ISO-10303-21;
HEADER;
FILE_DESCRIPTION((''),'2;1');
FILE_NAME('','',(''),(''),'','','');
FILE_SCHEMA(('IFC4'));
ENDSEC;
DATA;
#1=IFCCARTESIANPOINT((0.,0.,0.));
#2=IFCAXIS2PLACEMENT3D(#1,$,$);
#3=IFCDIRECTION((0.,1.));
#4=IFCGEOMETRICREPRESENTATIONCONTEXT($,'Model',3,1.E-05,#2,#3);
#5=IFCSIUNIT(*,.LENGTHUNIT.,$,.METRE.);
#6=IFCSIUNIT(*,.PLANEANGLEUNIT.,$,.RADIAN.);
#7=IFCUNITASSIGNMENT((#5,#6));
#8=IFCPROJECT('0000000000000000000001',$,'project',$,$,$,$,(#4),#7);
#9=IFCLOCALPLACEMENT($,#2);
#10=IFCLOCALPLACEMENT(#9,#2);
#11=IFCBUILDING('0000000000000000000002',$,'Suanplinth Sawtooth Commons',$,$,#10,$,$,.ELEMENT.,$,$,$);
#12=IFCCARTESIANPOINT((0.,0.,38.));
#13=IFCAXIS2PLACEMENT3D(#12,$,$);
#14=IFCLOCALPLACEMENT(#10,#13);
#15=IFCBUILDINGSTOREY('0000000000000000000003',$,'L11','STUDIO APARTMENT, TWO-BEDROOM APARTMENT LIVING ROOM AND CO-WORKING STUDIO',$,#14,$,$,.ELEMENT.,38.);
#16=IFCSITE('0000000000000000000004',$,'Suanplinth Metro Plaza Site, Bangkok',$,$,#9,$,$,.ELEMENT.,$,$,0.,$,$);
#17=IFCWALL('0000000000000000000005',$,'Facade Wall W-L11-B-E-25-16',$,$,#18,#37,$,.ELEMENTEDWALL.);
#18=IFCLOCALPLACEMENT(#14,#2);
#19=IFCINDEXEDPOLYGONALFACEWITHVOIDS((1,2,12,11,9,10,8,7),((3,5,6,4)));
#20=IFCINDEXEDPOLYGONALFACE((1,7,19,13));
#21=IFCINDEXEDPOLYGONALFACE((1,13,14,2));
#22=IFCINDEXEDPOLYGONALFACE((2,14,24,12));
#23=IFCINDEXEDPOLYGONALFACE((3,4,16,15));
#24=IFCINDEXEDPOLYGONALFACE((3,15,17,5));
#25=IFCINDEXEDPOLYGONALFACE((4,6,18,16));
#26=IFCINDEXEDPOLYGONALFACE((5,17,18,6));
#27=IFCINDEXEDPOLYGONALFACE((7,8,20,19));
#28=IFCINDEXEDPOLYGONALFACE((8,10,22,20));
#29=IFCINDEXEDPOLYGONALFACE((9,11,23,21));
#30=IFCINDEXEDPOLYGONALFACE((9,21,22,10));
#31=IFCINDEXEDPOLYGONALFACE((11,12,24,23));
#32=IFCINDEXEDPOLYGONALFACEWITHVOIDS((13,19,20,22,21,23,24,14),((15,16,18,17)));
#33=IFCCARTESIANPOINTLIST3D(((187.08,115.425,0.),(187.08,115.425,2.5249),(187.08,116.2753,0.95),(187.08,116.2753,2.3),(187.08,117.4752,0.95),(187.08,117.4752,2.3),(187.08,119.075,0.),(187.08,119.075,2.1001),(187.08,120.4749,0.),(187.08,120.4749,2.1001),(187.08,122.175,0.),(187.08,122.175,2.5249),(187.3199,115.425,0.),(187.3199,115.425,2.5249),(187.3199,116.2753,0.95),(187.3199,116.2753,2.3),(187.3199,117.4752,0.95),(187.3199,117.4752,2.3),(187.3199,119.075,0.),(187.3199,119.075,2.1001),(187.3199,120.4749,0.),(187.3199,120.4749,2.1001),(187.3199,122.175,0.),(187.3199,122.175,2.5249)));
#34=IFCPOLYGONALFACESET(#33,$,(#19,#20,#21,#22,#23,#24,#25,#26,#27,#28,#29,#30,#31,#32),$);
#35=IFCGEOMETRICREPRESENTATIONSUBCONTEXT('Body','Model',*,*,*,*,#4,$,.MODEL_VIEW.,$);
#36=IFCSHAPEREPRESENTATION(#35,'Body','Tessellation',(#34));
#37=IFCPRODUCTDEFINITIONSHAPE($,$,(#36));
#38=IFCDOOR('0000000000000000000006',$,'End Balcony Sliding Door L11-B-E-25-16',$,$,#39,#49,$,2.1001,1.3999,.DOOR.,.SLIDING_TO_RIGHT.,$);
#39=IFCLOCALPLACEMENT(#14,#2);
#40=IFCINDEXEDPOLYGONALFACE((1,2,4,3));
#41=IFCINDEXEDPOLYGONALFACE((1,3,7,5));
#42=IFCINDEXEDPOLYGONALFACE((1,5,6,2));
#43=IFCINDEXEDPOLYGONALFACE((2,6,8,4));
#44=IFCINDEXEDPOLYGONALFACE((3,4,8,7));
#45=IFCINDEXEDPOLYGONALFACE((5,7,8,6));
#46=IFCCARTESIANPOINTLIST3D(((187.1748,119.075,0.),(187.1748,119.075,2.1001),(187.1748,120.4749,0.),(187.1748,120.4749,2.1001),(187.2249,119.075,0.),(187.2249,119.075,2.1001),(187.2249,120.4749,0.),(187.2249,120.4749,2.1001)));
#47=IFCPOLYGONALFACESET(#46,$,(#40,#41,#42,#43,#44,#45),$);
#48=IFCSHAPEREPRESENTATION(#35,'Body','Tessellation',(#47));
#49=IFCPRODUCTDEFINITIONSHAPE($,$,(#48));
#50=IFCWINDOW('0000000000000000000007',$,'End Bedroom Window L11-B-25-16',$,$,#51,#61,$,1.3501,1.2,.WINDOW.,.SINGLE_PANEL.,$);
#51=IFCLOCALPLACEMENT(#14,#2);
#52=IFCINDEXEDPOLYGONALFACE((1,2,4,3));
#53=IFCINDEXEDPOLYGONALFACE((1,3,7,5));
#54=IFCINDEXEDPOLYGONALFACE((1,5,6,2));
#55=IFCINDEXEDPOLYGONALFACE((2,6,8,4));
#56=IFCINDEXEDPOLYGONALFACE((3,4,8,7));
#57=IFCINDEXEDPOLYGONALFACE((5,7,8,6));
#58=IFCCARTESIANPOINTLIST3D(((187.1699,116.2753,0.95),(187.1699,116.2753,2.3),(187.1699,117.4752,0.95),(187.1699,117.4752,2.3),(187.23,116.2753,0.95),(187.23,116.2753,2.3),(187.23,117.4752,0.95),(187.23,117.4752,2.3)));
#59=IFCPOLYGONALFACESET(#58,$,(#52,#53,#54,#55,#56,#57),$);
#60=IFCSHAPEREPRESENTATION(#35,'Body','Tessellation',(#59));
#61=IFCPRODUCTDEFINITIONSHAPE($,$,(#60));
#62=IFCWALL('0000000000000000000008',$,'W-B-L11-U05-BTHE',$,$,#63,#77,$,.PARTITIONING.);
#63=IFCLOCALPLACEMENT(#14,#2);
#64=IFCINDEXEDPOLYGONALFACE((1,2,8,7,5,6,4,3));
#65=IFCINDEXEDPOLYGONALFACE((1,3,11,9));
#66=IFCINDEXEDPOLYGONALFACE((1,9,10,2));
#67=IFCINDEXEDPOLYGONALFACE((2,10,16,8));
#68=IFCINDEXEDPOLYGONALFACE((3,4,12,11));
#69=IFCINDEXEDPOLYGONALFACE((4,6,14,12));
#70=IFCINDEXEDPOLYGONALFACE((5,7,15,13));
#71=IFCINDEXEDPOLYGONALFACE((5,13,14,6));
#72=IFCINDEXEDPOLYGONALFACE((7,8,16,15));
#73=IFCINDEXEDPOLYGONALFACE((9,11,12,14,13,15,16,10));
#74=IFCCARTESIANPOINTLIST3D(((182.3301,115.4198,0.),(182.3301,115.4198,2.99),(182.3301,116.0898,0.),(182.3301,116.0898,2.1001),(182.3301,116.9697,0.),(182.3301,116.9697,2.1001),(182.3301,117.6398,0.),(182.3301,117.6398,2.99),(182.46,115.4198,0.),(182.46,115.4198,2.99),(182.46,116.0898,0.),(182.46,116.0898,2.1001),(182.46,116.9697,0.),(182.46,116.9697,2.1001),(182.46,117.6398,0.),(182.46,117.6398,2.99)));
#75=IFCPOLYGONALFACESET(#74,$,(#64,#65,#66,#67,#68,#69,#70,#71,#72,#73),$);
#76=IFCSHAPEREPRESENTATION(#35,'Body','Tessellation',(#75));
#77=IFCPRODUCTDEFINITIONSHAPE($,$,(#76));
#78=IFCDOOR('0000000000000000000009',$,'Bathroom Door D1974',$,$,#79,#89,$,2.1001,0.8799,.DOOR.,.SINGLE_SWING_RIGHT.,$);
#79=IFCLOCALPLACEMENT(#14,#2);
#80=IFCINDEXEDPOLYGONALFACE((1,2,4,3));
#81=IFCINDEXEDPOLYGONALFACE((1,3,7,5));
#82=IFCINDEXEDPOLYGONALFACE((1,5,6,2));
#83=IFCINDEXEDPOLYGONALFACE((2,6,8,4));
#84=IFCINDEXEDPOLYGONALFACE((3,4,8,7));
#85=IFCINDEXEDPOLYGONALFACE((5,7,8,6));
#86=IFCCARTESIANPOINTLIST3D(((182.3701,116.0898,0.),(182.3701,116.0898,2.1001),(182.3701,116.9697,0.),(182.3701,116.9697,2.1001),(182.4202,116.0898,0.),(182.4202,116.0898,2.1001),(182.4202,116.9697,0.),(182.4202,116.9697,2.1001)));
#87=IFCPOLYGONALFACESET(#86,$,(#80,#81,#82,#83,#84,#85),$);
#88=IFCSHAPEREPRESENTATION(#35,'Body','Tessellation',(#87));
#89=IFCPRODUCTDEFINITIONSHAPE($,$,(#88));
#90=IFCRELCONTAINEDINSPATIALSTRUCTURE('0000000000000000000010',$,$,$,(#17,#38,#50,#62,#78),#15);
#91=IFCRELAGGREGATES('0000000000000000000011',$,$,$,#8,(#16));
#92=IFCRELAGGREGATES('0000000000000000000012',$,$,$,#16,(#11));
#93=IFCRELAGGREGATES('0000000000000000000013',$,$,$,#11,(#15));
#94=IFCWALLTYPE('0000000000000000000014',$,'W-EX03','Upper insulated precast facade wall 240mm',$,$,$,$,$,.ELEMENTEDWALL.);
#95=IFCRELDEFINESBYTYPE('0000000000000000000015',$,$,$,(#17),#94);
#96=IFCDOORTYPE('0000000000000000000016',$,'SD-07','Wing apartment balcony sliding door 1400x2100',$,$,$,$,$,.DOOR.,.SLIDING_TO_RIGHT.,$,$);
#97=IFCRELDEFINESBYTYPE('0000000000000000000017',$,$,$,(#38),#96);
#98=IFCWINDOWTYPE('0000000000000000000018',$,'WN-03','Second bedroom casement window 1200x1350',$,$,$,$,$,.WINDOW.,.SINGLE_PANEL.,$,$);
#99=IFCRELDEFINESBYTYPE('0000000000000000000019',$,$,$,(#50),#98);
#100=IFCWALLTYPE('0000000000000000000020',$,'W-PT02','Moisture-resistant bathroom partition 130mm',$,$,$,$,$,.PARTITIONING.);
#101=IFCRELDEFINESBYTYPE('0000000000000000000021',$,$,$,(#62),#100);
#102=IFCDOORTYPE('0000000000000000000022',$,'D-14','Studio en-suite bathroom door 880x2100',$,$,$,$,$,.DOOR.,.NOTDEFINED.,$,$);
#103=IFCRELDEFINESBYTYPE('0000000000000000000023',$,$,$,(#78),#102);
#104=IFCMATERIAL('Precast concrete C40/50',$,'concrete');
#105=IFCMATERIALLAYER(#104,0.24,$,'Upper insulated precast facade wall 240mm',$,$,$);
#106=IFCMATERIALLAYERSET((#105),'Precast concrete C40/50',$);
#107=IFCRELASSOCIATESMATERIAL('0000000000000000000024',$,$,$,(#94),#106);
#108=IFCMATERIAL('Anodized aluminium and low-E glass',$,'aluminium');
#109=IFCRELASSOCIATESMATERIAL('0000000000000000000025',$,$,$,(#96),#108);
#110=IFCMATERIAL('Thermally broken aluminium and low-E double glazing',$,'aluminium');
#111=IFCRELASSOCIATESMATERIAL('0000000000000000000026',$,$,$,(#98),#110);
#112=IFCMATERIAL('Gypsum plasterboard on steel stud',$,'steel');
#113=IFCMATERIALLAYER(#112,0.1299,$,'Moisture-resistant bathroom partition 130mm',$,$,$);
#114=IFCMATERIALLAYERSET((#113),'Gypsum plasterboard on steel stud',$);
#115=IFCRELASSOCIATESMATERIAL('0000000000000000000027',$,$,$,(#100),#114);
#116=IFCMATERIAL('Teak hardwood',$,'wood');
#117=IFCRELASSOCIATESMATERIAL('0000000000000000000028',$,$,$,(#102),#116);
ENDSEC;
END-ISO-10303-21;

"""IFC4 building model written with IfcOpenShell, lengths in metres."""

from ifc_helpers import new_model, si_unit, direction, frame, frame_2d, origin, place, context, subcontext, project, spatial, rectangle, extrude, material, layer, layer_set, type_object, element, fill, save


model = new_model("IFC4")

# Units and contexts
model_context = context("Model", 3, precision=1e-05, world=origin(), true_north=direction((0.0, 1.0)))
body_context = subcontext(model_context, "Body", "Model", "MODEL_VIEW")
ifc_project = project(units=[si_unit("LENGTHUNIT", "METRE"), si_unit("PLANEANGLEUNIT", "RADIAN")], contexts=[model_context])

# Site, building, storey
site_placement = place(None, origin())
site = spatial("IfcSite", under=ifc_project, at=site_placement, Name="Suanplinth Metro Plaza Site, Bangkok", CompositionType="ELEMENT", RefElevation=0.0)
building_placement = place(site_placement, origin())
building = spatial("IfcBuilding", under=site, at=building_placement, Name="Suanplinth Sawtooth Commons", CompositionType="ELEMENT")
storey_placement = place(building_placement, frame((0.0, 0.0, 38.0)))
storey = spatial("IfcBuildingStorey", under=building, at=storey_placement, Name="L11", Description="STUDIO APARTMENT, TWO-BEDROOM APARTMENT LIVING ROOM AND CO-WORKING STUDIO", CompositionType="ELEMENT", Elevation=38.0)

# Shared definitions
ifc_material_1 = material(Name="Precast concrete C40/50", Category="concrete")

# Shared definitions
ifc_layer_1 = layer(ifc_material_1, 0.24, Name="Upper insulated precast facade wall 240mm")
ifc_layer_set_1 = layer_set([ifc_layer_1], Name="Precast concrete C40/50")
wall_type_1 = type_object("IfcWallType", Name="W-EX03", Description="Upper insulated precast facade wall 240mm", PredefinedType="ELEMENTEDWALL", material=ifc_layer_set_1)
ifc_material_2 = material(Name="Anodized aluminium and low-E glass", Category="aluminium")
door_type_1 = type_object("IfcDoorType", Name="SD-07", Description="Wing apartment balcony sliding door 1400x2100", OperationType="SLIDING_TO_RIGHT", PredefinedType="DOOR", material=ifc_material_2)

# Wall, openings, door, window
wall_1_placement = place(storey_placement, frame((187.2, 115.425, 0.0), z_axis=(0.0, 0.0, 1.0), x_axis=(0.0, 1.0, 0.0)))
wall_1 = element("IfcWall", 1, at=wall_1_placement, inside=storey, type_object=wall_type_1, Name="Facade Wall W-L11-B-E-25-16", PredefinedType="ELEMENTEDWALL", context=body_context, shape_type="SweptSolid", body=[
    extrude(rectangle(XDim=6.75, YDim=0.24, at=frame_2d((3.375, 0.0))), origin(), (0.0, 0.0, 1.0), 2.5249),
])
opening_1_placement = place(wall_1_placement, frame((3.6499, 0.0, 0.0)))
opening_1 = element("IfcOpeningElement", 2, at=opening_1_placement, cuts=wall_1, PredefinedType="OPENING", context=body_context, shape_type="SweptSolid", body=[
    extrude(rectangle(XDim=1.3999, YDim=2.1001, at=frame_2d((0.7, 1.05))), frame((0.0, 0.1348, 0.0), z_axis=(0.0, -1.0, 0.0), x_axis=(1.0, 0.0, 0.0)), (0.0, 0.0, 1.0), 0.2698),
])
opening_2_placement = place(wall_1_placement, frame((0.8501, 0.0, 0.95)))
opening_2 = element("IfcOpeningElement", 3, at=opening_2_placement, cuts=wall_1, PredefinedType="OPENING", context=body_context, shape_type="SweptSolid", body=[
    extrude(rectangle(XDim=1.2, YDim=1.3501, at=frame_2d((0.6001, 0.675))), frame((0.0, 0.1348, 0.0), z_axis=(0.0, -1.0, 0.0), x_axis=(1.0, 0.0, 0.0)), (0.0, 0.0, 1.0), 0.2698),
])
door_1_placement = place(opening_1_placement, frame((1.3999, 0.0, 0.0), z_axis=(0.0, 0.0, 1.0), x_axis=(-1.0, 0.0, 0.0)))
door_1 = element("IfcDoor", 4, at=door_1_placement, inside=storey, type_object=door_type_1, Name="End Balcony Sliding Door L11-B-E-25-16", OperationType="SLIDING_TO_RIGHT", OverallHeight=2.1001, OverallWidth=1.3999, PredefinedType="DOOR", context=body_context, shape_type="SweptSolid", body=[
    extrude(rectangle(XDim=1.3999, YDim=2.1001, at=frame_2d((0.7, 1.05))), frame((0.0, 0.0249, 0.0), z_axis=(0.0, -1.0, 0.0), x_axis=(1.0, 0.0, 0.0)), (0.0, 0.0, 1.0), 0.05),
])
fill(opening_1, door_1)
ifc_material_3 = material(Name="Thermally broken aluminium and low-E double glazing", Category="aluminium")
window_type = type_object("IfcWindowType", Name="WN-03", Description="Second bedroom casement window 1200x1350", PartitioningType="SINGLE_PANEL", PredefinedType="WINDOW", material=ifc_material_3)
window_placement = place(opening_2_placement, origin())
window = element("IfcWindow", 5, at=window_placement, inside=storey, type_object=window_type, Name="End Bedroom Window L11-B-25-16", OverallHeight=1.3501, OverallWidth=1.2, PartitioningType="SINGLE_PANEL", PredefinedType="WINDOW", context=body_context, shape_type="SweptSolid", body=[
    extrude(rectangle(XDim=1.2, YDim=1.3501, at=frame_2d((0.6001, 0.675))), frame((0.0, 0.03, 0.0), z_axis=(0.0, -1.0, 0.0), x_axis=(1.0, 0.0, 0.0)), (0.0, 0.0, 1.0), 0.0601),
])
fill(opening_2, window)

# Wall, opening, door
ifc_material_4 = material(Name="Gypsum plasterboard on steel stud", Category="steel")
ifc_layer_2 = layer(ifc_material_4, 0.1299, Name="Moisture-resistant bathroom partition 130mm")
ifc_layer_set_2 = layer_set([ifc_layer_2], Name="Gypsum plasterboard on steel stud")
wall_type_2 = type_object("IfcWallType", Name="W-PT02", Description="Moisture-resistant bathroom partition 130mm", PredefinedType="PARTITIONING", material=ifc_layer_set_2)
wall_2_placement = place(storey_placement, frame((182.395, 115.4199, 0.0), z_axis=(0.0, 0.0, 1.0), x_axis=(0.0, 1.0, 0.0)))
wall_2 = element("IfcWall", 6, at=wall_2_placement, inside=storey, type_object=wall_type_2, Name="W-B-L11-U05-BTHE", PredefinedType="PARTITIONING", context=body_context, shape_type="SweptSolid", body=[
    extrude(rectangle(XDim=2.22, YDim=0.1299, at=frame_2d((1.1099, 0.0))), origin(), (0.0, 0.0, 1.0), 2.99),
])
opening_3_placement = place(wall_2_placement, frame((0.6699, 0.0, 0.0)))
opening_3 = element("IfcOpeningElement", 7, at=opening_3_placement, cuts=wall_2, PredefinedType="OPENING", context=body_context, shape_type="SweptSolid", body=[
    extrude(rectangle(XDim=0.8799, YDim=2.1001, at=frame_2d((0.4399, 1.05))), frame((0.0, 0.0798, 0.0), z_axis=(0.0, -1.0, 0.0), x_axis=(1.0, 0.0, 0.0)), (0.0, 0.0, 1.0), 0.1597),
])
ifc_material_5 = material(Name="Teak hardwood", Category="wood")
door_type_2 = type_object("IfcDoorType", Name="D-14", Description="Studio en-suite bathroom door 880x2100", OperationType="NOTDEFINED", PredefinedType="DOOR", material=ifc_material_5)
door_2_placement = place(opening_3_placement, origin())
door_2 = element("IfcDoor", 8, at=door_2_placement, inside=storey, type_object=door_type_2, Name="Bathroom Door D1974", OperationType="SINGLE_SWING_RIGHT", OverallHeight=2.1001, OverallWidth=0.8799, PredefinedType="DOOR", context=body_context, shape_type="SweptSolid", body=[
    extrude(rectangle(XDim=0.8799, YDim=2.1001, at=frame_2d((0.4399, 1.05))), frame((0.0, 0.0249, 0.0), z_axis=(0.0, -1.0, 0.0), x_axis=(1.0, 0.0, 0.0)), (0.0, 0.0, 1.0), 0.05),
])
fill(opening_3, door_2)

save(model, "model.ifc")
